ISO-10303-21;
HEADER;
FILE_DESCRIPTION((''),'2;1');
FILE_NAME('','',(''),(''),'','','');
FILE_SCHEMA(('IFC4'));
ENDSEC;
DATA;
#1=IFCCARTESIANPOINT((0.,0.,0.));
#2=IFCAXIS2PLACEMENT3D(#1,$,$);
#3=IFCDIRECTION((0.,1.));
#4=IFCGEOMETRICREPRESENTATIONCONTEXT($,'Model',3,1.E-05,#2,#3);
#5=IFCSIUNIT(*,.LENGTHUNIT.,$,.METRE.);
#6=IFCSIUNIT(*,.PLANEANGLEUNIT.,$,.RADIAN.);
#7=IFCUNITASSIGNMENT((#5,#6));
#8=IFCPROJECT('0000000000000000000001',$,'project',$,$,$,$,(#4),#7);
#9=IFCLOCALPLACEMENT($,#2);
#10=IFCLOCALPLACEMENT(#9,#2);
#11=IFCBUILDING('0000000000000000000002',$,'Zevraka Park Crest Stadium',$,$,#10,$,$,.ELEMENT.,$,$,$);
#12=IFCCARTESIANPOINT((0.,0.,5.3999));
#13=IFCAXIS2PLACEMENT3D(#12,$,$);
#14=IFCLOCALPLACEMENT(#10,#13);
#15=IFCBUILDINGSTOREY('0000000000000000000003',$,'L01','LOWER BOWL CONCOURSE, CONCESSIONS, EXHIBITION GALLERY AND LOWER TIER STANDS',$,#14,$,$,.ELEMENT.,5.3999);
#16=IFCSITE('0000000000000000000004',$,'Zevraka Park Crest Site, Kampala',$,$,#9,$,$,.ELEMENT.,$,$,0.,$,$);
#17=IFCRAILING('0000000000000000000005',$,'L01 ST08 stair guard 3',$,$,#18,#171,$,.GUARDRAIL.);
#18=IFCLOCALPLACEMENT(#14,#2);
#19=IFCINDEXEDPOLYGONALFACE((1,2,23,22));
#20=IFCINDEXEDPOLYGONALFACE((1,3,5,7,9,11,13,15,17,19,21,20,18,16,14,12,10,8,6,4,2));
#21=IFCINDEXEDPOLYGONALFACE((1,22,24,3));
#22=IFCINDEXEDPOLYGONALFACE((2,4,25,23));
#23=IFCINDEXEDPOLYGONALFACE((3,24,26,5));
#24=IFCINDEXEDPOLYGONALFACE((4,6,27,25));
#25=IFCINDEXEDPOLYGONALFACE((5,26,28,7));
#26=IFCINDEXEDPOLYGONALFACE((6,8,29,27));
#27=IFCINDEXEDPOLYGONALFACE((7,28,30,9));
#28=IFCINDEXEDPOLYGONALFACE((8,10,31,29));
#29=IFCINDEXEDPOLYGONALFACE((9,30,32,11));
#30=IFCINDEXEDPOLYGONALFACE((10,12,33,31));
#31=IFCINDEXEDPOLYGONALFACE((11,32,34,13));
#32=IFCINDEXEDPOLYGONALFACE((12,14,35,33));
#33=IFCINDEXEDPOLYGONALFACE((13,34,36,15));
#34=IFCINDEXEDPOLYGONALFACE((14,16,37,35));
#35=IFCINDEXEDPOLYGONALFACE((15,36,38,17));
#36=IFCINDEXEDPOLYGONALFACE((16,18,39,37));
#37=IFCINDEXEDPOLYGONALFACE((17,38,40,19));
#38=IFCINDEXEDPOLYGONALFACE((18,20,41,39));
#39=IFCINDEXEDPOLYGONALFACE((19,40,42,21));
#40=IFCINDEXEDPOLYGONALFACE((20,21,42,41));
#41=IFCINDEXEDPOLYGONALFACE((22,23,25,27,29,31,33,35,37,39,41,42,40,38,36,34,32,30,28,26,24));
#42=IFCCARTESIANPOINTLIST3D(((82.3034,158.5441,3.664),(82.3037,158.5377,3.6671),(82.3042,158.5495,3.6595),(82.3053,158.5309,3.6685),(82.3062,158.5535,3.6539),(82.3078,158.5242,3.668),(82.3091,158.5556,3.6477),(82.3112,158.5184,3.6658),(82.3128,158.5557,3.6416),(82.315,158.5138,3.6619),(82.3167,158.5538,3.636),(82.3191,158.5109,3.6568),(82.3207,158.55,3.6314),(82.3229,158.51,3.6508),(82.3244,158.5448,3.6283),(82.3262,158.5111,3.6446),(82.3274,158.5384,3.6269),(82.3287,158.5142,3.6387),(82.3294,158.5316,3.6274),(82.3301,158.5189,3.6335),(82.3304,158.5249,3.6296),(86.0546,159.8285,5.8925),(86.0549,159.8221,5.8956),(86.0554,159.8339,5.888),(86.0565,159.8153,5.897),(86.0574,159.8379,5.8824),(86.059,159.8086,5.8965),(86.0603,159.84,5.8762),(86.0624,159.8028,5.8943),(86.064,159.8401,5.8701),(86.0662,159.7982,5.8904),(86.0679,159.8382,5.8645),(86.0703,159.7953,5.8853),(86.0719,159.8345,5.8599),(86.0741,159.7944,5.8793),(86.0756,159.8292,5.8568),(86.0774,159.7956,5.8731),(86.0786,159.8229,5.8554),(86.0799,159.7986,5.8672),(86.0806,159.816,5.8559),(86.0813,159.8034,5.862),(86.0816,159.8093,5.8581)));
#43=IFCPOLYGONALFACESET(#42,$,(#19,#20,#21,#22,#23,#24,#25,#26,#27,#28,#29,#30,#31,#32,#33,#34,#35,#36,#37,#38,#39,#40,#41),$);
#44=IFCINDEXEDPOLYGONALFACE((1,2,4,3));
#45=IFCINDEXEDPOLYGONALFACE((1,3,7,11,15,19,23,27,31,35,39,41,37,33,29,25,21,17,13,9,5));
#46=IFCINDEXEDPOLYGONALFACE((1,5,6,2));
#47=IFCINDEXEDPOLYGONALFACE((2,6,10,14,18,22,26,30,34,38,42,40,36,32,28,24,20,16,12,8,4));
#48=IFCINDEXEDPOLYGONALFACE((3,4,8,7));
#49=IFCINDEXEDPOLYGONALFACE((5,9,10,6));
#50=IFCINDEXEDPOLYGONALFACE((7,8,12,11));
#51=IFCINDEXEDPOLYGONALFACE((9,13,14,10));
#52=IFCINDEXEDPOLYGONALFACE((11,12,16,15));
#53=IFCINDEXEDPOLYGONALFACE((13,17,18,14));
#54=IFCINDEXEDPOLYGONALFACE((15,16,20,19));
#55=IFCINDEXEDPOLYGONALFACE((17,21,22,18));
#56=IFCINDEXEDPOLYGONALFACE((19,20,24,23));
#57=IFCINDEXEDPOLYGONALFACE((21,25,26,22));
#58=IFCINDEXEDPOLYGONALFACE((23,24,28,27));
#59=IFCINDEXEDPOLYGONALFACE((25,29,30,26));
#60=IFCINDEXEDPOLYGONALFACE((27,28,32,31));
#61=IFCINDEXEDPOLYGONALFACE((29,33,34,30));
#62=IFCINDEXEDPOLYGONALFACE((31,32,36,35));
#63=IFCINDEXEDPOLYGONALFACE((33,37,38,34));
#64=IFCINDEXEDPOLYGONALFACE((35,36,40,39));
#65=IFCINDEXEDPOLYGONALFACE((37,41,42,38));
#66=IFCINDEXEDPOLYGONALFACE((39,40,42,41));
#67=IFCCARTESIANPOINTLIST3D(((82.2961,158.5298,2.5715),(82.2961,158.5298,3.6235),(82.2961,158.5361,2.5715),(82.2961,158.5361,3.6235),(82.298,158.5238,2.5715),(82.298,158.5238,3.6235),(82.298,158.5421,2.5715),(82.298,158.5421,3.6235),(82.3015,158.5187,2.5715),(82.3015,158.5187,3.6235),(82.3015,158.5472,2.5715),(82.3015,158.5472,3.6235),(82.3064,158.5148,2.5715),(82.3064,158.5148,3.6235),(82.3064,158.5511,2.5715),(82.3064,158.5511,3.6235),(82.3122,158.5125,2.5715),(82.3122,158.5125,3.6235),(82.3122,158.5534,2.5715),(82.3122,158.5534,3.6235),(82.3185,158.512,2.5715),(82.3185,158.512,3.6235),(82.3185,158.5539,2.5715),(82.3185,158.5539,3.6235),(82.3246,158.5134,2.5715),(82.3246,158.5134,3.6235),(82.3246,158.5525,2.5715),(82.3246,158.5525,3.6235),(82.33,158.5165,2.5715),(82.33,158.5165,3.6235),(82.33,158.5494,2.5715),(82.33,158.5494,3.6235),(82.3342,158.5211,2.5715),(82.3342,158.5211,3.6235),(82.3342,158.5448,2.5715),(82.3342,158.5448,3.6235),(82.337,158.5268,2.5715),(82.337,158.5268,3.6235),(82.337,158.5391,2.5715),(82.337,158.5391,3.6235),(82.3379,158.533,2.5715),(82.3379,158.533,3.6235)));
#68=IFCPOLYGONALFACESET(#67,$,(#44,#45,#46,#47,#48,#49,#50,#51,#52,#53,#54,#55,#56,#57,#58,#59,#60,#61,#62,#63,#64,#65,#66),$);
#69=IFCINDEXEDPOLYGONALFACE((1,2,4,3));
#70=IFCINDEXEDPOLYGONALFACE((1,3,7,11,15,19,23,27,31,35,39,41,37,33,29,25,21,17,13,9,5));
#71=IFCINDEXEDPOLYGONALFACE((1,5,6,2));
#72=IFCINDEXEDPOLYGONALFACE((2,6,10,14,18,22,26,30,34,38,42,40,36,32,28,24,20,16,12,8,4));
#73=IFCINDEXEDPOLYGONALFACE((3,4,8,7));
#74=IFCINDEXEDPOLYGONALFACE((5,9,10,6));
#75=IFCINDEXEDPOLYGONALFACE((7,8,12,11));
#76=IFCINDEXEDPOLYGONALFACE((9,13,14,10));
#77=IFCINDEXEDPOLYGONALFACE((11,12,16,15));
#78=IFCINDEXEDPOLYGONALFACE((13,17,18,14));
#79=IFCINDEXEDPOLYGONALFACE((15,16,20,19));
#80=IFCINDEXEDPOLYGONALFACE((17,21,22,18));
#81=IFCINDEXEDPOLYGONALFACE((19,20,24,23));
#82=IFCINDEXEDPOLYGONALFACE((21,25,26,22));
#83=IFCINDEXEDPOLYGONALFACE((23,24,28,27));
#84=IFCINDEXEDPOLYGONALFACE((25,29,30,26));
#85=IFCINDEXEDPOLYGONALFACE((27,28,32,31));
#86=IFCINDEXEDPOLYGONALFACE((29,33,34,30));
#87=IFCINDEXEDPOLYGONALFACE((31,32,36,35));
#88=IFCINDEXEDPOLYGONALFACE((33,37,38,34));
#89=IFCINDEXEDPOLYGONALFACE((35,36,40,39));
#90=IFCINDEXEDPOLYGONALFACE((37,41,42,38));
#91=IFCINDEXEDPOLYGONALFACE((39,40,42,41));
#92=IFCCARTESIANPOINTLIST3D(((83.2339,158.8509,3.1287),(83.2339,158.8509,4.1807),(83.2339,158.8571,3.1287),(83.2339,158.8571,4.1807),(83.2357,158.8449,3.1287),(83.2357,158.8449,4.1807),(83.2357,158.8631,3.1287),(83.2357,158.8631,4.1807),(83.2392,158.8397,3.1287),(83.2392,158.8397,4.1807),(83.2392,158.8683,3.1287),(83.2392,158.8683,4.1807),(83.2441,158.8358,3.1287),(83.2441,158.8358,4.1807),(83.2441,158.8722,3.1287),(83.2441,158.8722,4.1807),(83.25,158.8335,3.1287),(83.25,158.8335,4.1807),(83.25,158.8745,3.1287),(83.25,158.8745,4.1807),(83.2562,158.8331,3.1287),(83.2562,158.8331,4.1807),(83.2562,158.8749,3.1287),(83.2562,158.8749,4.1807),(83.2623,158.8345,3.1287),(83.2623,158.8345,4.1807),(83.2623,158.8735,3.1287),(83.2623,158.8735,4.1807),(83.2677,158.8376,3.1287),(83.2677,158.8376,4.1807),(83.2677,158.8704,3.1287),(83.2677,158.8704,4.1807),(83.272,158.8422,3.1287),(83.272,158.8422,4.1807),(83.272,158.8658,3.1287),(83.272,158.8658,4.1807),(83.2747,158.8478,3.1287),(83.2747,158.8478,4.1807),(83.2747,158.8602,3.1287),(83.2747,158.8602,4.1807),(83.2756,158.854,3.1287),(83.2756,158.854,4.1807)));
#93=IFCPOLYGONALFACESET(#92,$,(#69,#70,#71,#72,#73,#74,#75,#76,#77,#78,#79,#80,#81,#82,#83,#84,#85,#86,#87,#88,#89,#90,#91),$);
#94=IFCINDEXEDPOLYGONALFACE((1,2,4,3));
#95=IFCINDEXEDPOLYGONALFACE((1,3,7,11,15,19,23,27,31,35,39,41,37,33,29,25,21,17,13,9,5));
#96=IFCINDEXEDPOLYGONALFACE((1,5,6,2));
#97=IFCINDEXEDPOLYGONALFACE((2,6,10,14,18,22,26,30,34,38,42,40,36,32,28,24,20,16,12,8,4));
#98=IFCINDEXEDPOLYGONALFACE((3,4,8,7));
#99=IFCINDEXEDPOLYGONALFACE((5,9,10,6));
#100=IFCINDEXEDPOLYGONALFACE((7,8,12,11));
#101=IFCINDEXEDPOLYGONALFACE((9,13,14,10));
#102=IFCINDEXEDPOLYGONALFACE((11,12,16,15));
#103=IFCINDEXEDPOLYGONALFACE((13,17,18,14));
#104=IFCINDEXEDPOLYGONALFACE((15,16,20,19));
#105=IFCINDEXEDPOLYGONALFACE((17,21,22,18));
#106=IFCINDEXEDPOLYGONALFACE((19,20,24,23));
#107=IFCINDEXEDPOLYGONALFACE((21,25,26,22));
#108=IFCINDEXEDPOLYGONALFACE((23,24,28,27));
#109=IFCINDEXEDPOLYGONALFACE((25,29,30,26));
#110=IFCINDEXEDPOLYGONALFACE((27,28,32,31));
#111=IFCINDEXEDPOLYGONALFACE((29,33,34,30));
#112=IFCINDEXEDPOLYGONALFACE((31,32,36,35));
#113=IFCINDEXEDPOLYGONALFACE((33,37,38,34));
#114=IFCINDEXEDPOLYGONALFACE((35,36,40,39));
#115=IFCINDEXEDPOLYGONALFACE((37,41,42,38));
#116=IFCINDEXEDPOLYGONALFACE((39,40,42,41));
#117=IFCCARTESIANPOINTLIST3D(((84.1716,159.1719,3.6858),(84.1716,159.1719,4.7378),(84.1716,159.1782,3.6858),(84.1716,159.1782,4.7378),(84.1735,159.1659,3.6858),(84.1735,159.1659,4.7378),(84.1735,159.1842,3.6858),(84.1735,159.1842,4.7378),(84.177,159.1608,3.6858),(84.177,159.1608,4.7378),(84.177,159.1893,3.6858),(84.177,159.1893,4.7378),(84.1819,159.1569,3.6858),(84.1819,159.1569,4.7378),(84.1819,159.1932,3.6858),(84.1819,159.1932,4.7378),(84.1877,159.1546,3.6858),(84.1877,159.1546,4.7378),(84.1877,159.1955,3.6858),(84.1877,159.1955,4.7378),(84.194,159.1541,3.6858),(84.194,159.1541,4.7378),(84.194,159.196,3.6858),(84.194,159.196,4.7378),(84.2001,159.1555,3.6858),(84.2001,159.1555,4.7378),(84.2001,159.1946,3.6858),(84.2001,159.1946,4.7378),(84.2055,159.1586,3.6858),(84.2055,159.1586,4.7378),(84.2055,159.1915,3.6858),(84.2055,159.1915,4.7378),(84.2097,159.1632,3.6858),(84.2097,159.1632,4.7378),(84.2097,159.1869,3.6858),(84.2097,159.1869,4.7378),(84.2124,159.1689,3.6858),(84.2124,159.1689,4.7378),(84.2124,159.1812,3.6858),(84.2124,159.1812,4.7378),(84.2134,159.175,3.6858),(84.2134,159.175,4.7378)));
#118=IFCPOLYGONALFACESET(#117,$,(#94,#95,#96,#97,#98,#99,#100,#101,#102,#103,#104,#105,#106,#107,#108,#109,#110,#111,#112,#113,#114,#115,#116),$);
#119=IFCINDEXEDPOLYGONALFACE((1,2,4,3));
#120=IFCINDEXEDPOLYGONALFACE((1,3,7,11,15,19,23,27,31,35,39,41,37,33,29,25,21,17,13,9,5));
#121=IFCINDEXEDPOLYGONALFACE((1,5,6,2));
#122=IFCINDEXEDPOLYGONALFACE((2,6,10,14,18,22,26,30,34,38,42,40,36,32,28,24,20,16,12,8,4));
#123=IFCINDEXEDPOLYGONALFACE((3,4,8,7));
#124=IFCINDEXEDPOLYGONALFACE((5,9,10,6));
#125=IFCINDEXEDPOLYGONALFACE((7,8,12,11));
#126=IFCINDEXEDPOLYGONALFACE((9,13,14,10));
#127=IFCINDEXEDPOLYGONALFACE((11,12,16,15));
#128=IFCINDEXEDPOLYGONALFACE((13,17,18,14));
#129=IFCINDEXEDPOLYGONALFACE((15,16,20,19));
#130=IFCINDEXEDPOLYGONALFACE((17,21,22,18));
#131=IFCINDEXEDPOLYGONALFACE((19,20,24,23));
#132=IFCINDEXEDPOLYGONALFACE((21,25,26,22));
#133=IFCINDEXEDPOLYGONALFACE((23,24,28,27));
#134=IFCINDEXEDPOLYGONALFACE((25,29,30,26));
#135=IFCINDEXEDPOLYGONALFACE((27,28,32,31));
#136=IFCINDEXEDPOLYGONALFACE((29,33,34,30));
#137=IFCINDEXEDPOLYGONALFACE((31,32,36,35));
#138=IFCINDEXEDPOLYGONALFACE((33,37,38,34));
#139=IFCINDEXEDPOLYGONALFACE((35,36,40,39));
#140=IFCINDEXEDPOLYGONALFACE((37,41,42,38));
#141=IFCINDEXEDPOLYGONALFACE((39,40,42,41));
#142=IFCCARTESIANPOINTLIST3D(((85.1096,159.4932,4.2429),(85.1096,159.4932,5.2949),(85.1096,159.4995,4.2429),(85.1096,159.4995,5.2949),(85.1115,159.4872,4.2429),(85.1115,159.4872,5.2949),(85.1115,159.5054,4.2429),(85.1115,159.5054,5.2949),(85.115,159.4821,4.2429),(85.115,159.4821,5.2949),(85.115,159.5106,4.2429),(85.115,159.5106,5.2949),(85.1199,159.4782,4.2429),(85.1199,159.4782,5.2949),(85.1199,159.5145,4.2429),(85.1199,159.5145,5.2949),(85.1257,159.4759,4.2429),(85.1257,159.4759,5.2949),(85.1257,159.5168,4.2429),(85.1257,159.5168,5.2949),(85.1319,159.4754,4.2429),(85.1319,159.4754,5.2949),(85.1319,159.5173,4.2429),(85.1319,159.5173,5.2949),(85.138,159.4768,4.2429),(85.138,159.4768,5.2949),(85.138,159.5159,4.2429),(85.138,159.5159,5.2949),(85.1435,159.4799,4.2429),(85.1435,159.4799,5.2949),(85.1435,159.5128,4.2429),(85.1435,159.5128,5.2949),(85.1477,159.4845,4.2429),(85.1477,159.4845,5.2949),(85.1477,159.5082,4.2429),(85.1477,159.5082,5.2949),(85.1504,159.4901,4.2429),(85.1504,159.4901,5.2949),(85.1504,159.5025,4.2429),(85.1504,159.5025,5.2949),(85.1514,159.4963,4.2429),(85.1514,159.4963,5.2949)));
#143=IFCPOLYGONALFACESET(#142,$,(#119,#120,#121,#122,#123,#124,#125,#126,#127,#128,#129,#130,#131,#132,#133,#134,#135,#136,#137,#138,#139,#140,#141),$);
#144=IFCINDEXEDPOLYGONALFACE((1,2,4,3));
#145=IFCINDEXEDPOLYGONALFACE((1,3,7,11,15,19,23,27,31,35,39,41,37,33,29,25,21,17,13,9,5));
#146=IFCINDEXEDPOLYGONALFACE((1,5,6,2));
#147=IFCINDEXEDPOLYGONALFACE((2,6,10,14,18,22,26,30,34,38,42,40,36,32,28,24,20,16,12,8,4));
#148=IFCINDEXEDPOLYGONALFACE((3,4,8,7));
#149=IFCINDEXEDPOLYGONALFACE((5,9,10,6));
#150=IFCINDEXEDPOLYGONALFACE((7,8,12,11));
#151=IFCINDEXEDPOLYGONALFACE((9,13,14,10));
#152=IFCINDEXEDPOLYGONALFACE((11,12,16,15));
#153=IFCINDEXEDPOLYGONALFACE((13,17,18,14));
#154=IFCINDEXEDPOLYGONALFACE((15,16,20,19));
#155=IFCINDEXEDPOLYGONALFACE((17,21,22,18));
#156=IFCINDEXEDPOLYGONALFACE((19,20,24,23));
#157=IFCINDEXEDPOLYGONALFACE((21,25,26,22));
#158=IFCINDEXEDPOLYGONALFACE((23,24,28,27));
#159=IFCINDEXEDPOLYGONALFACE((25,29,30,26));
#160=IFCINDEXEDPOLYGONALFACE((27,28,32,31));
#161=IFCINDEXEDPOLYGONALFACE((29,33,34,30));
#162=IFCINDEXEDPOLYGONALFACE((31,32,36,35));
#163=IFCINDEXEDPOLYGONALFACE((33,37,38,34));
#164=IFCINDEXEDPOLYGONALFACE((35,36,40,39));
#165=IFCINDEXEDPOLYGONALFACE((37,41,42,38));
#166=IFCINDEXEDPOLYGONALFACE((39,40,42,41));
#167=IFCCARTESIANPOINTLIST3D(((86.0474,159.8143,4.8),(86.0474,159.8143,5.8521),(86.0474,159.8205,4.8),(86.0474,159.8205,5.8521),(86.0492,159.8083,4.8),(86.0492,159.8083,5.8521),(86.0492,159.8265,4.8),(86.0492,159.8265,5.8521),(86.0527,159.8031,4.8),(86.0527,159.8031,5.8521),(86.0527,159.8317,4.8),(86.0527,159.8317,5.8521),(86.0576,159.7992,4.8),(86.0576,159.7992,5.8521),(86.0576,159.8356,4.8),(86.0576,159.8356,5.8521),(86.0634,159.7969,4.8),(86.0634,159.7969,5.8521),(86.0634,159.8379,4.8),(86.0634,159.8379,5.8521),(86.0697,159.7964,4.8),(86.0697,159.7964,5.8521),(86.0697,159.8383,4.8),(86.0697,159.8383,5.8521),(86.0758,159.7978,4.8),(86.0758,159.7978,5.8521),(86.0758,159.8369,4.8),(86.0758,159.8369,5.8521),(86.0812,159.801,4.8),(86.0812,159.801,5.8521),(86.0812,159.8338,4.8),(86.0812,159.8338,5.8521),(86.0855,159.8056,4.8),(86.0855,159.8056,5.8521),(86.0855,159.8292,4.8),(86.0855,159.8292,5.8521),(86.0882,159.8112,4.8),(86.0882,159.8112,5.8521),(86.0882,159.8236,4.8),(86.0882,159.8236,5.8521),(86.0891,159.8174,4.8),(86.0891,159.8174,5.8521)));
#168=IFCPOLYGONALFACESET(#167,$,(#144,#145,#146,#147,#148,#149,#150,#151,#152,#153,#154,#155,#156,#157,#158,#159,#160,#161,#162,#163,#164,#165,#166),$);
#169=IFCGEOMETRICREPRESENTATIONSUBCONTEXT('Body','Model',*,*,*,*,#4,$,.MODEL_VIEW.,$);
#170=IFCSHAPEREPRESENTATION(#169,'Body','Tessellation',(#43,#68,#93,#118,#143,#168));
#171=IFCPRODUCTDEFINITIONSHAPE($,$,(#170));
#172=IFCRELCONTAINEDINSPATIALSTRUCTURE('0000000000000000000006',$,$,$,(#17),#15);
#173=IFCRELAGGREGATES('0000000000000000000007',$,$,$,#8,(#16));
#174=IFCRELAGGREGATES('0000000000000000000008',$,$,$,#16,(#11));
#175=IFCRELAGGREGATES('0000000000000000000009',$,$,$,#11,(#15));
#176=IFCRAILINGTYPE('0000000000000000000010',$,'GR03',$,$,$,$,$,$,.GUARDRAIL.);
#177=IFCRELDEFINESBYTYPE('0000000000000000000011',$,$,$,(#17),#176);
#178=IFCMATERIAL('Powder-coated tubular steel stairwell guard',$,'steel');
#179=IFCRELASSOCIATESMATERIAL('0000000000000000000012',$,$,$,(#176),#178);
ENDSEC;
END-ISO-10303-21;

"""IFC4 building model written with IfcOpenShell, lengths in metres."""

from ifc_helpers import new_model, si_unit, direction, frame, origin, origin_2d, place, context, subcontext, project, spatial, circle, extrude, material, type_object, element, save


model = new_model("IFC4")

# Units and contexts
model_context = context("Model", 3, precision=1e-05, world=origin(), true_north=direction((0.0, 1.0)))
body_context = subcontext(model_context, "Body", "Model", "MODEL_VIEW")
ifc_project = project(units=[si_unit("LENGTHUNIT", "METRE"), si_unit("PLANEANGLEUNIT", "RADIAN")], contexts=[model_context])

# Site, building, storey
site_placement = place(None, origin())
site = spatial("IfcSite", under=ifc_project, at=site_placement, Name="Zevraka Park Crest Site, Kampala", CompositionType="ELEMENT", RefElevation=0.0)
building_placement = place(site_placement, origin())
building = spatial("IfcBuilding", under=site, at=building_placement, Name="Zevraka Park Crest Stadium", CompositionType="ELEMENT")
storey_placement = place(building_placement, frame((0.0, 0.0, 5.3999)))
storey = spatial("IfcBuildingStorey", under=building, at=storey_placement, Name="L01", Description="LOWER BOWL CONCOURSE, CONCESSIONS, EXHIBITION GALLERY AND LOWER TIER STANDS", CompositionType="ELEMENT", Elevation=5.3999)

# Railing
ifc_material_1 = material(Name="Powder-coated tubular steel stairwell guard", Category="steel")
railing_type_1 = type_object("IfcRailingType", Name="GR03", PredefinedType="GUARDRAIL", material=ifc_material_1)
railing_1_placement = place(storey_placement, frame((82.3169, 158.533, 2.5715)))
element("IfcRailing", 1, at=railing_1_placement, inside=storey, type_object=railing_type_1, Name="L01 ST08 stair guard 3", PredefinedType="GUARDRAIL", context=body_context, shape_type="SweptSolid", body=[
    extrude(circle(Radius=0.0239, at=origin_2d()), frame((0.0, 0.0, 1.0762), z_axis=(0.824739, 0.282392, 0.489959), x_axis=(-0.323939, 0.946078, 0.0)), (0.0, 0.0, 1.0), 4.5483),
    extrude(circle(Radius=0.021, at=origin_2d()), origin(), (0.0, 0.0, 1.0), 1.052),
    extrude(circle(Radius=0.021, at=origin_2d()), frame((0.9377, 0.321, 0.5571)), (0.0, 0.0, 1.0), 1.052),
    extrude(circle(Radius=0.021, at=origin_2d()), frame((1.8755, 0.6421, 1.1143)), (0.0, 0.0, 1.0), 1.052),
    extrude(circle(Radius=0.021, at=origin_2d()), frame((2.8135, 0.9634, 1.6714)), (0.0, 0.0, 1.0), 1.052),
    extrude(circle(Radius=0.021, at=origin_2d()), frame((3.7512, 1.2844, 2.2285)), (0.0, 0.0, 1.0), 1.052),
])

save(model, "model.ifc")
